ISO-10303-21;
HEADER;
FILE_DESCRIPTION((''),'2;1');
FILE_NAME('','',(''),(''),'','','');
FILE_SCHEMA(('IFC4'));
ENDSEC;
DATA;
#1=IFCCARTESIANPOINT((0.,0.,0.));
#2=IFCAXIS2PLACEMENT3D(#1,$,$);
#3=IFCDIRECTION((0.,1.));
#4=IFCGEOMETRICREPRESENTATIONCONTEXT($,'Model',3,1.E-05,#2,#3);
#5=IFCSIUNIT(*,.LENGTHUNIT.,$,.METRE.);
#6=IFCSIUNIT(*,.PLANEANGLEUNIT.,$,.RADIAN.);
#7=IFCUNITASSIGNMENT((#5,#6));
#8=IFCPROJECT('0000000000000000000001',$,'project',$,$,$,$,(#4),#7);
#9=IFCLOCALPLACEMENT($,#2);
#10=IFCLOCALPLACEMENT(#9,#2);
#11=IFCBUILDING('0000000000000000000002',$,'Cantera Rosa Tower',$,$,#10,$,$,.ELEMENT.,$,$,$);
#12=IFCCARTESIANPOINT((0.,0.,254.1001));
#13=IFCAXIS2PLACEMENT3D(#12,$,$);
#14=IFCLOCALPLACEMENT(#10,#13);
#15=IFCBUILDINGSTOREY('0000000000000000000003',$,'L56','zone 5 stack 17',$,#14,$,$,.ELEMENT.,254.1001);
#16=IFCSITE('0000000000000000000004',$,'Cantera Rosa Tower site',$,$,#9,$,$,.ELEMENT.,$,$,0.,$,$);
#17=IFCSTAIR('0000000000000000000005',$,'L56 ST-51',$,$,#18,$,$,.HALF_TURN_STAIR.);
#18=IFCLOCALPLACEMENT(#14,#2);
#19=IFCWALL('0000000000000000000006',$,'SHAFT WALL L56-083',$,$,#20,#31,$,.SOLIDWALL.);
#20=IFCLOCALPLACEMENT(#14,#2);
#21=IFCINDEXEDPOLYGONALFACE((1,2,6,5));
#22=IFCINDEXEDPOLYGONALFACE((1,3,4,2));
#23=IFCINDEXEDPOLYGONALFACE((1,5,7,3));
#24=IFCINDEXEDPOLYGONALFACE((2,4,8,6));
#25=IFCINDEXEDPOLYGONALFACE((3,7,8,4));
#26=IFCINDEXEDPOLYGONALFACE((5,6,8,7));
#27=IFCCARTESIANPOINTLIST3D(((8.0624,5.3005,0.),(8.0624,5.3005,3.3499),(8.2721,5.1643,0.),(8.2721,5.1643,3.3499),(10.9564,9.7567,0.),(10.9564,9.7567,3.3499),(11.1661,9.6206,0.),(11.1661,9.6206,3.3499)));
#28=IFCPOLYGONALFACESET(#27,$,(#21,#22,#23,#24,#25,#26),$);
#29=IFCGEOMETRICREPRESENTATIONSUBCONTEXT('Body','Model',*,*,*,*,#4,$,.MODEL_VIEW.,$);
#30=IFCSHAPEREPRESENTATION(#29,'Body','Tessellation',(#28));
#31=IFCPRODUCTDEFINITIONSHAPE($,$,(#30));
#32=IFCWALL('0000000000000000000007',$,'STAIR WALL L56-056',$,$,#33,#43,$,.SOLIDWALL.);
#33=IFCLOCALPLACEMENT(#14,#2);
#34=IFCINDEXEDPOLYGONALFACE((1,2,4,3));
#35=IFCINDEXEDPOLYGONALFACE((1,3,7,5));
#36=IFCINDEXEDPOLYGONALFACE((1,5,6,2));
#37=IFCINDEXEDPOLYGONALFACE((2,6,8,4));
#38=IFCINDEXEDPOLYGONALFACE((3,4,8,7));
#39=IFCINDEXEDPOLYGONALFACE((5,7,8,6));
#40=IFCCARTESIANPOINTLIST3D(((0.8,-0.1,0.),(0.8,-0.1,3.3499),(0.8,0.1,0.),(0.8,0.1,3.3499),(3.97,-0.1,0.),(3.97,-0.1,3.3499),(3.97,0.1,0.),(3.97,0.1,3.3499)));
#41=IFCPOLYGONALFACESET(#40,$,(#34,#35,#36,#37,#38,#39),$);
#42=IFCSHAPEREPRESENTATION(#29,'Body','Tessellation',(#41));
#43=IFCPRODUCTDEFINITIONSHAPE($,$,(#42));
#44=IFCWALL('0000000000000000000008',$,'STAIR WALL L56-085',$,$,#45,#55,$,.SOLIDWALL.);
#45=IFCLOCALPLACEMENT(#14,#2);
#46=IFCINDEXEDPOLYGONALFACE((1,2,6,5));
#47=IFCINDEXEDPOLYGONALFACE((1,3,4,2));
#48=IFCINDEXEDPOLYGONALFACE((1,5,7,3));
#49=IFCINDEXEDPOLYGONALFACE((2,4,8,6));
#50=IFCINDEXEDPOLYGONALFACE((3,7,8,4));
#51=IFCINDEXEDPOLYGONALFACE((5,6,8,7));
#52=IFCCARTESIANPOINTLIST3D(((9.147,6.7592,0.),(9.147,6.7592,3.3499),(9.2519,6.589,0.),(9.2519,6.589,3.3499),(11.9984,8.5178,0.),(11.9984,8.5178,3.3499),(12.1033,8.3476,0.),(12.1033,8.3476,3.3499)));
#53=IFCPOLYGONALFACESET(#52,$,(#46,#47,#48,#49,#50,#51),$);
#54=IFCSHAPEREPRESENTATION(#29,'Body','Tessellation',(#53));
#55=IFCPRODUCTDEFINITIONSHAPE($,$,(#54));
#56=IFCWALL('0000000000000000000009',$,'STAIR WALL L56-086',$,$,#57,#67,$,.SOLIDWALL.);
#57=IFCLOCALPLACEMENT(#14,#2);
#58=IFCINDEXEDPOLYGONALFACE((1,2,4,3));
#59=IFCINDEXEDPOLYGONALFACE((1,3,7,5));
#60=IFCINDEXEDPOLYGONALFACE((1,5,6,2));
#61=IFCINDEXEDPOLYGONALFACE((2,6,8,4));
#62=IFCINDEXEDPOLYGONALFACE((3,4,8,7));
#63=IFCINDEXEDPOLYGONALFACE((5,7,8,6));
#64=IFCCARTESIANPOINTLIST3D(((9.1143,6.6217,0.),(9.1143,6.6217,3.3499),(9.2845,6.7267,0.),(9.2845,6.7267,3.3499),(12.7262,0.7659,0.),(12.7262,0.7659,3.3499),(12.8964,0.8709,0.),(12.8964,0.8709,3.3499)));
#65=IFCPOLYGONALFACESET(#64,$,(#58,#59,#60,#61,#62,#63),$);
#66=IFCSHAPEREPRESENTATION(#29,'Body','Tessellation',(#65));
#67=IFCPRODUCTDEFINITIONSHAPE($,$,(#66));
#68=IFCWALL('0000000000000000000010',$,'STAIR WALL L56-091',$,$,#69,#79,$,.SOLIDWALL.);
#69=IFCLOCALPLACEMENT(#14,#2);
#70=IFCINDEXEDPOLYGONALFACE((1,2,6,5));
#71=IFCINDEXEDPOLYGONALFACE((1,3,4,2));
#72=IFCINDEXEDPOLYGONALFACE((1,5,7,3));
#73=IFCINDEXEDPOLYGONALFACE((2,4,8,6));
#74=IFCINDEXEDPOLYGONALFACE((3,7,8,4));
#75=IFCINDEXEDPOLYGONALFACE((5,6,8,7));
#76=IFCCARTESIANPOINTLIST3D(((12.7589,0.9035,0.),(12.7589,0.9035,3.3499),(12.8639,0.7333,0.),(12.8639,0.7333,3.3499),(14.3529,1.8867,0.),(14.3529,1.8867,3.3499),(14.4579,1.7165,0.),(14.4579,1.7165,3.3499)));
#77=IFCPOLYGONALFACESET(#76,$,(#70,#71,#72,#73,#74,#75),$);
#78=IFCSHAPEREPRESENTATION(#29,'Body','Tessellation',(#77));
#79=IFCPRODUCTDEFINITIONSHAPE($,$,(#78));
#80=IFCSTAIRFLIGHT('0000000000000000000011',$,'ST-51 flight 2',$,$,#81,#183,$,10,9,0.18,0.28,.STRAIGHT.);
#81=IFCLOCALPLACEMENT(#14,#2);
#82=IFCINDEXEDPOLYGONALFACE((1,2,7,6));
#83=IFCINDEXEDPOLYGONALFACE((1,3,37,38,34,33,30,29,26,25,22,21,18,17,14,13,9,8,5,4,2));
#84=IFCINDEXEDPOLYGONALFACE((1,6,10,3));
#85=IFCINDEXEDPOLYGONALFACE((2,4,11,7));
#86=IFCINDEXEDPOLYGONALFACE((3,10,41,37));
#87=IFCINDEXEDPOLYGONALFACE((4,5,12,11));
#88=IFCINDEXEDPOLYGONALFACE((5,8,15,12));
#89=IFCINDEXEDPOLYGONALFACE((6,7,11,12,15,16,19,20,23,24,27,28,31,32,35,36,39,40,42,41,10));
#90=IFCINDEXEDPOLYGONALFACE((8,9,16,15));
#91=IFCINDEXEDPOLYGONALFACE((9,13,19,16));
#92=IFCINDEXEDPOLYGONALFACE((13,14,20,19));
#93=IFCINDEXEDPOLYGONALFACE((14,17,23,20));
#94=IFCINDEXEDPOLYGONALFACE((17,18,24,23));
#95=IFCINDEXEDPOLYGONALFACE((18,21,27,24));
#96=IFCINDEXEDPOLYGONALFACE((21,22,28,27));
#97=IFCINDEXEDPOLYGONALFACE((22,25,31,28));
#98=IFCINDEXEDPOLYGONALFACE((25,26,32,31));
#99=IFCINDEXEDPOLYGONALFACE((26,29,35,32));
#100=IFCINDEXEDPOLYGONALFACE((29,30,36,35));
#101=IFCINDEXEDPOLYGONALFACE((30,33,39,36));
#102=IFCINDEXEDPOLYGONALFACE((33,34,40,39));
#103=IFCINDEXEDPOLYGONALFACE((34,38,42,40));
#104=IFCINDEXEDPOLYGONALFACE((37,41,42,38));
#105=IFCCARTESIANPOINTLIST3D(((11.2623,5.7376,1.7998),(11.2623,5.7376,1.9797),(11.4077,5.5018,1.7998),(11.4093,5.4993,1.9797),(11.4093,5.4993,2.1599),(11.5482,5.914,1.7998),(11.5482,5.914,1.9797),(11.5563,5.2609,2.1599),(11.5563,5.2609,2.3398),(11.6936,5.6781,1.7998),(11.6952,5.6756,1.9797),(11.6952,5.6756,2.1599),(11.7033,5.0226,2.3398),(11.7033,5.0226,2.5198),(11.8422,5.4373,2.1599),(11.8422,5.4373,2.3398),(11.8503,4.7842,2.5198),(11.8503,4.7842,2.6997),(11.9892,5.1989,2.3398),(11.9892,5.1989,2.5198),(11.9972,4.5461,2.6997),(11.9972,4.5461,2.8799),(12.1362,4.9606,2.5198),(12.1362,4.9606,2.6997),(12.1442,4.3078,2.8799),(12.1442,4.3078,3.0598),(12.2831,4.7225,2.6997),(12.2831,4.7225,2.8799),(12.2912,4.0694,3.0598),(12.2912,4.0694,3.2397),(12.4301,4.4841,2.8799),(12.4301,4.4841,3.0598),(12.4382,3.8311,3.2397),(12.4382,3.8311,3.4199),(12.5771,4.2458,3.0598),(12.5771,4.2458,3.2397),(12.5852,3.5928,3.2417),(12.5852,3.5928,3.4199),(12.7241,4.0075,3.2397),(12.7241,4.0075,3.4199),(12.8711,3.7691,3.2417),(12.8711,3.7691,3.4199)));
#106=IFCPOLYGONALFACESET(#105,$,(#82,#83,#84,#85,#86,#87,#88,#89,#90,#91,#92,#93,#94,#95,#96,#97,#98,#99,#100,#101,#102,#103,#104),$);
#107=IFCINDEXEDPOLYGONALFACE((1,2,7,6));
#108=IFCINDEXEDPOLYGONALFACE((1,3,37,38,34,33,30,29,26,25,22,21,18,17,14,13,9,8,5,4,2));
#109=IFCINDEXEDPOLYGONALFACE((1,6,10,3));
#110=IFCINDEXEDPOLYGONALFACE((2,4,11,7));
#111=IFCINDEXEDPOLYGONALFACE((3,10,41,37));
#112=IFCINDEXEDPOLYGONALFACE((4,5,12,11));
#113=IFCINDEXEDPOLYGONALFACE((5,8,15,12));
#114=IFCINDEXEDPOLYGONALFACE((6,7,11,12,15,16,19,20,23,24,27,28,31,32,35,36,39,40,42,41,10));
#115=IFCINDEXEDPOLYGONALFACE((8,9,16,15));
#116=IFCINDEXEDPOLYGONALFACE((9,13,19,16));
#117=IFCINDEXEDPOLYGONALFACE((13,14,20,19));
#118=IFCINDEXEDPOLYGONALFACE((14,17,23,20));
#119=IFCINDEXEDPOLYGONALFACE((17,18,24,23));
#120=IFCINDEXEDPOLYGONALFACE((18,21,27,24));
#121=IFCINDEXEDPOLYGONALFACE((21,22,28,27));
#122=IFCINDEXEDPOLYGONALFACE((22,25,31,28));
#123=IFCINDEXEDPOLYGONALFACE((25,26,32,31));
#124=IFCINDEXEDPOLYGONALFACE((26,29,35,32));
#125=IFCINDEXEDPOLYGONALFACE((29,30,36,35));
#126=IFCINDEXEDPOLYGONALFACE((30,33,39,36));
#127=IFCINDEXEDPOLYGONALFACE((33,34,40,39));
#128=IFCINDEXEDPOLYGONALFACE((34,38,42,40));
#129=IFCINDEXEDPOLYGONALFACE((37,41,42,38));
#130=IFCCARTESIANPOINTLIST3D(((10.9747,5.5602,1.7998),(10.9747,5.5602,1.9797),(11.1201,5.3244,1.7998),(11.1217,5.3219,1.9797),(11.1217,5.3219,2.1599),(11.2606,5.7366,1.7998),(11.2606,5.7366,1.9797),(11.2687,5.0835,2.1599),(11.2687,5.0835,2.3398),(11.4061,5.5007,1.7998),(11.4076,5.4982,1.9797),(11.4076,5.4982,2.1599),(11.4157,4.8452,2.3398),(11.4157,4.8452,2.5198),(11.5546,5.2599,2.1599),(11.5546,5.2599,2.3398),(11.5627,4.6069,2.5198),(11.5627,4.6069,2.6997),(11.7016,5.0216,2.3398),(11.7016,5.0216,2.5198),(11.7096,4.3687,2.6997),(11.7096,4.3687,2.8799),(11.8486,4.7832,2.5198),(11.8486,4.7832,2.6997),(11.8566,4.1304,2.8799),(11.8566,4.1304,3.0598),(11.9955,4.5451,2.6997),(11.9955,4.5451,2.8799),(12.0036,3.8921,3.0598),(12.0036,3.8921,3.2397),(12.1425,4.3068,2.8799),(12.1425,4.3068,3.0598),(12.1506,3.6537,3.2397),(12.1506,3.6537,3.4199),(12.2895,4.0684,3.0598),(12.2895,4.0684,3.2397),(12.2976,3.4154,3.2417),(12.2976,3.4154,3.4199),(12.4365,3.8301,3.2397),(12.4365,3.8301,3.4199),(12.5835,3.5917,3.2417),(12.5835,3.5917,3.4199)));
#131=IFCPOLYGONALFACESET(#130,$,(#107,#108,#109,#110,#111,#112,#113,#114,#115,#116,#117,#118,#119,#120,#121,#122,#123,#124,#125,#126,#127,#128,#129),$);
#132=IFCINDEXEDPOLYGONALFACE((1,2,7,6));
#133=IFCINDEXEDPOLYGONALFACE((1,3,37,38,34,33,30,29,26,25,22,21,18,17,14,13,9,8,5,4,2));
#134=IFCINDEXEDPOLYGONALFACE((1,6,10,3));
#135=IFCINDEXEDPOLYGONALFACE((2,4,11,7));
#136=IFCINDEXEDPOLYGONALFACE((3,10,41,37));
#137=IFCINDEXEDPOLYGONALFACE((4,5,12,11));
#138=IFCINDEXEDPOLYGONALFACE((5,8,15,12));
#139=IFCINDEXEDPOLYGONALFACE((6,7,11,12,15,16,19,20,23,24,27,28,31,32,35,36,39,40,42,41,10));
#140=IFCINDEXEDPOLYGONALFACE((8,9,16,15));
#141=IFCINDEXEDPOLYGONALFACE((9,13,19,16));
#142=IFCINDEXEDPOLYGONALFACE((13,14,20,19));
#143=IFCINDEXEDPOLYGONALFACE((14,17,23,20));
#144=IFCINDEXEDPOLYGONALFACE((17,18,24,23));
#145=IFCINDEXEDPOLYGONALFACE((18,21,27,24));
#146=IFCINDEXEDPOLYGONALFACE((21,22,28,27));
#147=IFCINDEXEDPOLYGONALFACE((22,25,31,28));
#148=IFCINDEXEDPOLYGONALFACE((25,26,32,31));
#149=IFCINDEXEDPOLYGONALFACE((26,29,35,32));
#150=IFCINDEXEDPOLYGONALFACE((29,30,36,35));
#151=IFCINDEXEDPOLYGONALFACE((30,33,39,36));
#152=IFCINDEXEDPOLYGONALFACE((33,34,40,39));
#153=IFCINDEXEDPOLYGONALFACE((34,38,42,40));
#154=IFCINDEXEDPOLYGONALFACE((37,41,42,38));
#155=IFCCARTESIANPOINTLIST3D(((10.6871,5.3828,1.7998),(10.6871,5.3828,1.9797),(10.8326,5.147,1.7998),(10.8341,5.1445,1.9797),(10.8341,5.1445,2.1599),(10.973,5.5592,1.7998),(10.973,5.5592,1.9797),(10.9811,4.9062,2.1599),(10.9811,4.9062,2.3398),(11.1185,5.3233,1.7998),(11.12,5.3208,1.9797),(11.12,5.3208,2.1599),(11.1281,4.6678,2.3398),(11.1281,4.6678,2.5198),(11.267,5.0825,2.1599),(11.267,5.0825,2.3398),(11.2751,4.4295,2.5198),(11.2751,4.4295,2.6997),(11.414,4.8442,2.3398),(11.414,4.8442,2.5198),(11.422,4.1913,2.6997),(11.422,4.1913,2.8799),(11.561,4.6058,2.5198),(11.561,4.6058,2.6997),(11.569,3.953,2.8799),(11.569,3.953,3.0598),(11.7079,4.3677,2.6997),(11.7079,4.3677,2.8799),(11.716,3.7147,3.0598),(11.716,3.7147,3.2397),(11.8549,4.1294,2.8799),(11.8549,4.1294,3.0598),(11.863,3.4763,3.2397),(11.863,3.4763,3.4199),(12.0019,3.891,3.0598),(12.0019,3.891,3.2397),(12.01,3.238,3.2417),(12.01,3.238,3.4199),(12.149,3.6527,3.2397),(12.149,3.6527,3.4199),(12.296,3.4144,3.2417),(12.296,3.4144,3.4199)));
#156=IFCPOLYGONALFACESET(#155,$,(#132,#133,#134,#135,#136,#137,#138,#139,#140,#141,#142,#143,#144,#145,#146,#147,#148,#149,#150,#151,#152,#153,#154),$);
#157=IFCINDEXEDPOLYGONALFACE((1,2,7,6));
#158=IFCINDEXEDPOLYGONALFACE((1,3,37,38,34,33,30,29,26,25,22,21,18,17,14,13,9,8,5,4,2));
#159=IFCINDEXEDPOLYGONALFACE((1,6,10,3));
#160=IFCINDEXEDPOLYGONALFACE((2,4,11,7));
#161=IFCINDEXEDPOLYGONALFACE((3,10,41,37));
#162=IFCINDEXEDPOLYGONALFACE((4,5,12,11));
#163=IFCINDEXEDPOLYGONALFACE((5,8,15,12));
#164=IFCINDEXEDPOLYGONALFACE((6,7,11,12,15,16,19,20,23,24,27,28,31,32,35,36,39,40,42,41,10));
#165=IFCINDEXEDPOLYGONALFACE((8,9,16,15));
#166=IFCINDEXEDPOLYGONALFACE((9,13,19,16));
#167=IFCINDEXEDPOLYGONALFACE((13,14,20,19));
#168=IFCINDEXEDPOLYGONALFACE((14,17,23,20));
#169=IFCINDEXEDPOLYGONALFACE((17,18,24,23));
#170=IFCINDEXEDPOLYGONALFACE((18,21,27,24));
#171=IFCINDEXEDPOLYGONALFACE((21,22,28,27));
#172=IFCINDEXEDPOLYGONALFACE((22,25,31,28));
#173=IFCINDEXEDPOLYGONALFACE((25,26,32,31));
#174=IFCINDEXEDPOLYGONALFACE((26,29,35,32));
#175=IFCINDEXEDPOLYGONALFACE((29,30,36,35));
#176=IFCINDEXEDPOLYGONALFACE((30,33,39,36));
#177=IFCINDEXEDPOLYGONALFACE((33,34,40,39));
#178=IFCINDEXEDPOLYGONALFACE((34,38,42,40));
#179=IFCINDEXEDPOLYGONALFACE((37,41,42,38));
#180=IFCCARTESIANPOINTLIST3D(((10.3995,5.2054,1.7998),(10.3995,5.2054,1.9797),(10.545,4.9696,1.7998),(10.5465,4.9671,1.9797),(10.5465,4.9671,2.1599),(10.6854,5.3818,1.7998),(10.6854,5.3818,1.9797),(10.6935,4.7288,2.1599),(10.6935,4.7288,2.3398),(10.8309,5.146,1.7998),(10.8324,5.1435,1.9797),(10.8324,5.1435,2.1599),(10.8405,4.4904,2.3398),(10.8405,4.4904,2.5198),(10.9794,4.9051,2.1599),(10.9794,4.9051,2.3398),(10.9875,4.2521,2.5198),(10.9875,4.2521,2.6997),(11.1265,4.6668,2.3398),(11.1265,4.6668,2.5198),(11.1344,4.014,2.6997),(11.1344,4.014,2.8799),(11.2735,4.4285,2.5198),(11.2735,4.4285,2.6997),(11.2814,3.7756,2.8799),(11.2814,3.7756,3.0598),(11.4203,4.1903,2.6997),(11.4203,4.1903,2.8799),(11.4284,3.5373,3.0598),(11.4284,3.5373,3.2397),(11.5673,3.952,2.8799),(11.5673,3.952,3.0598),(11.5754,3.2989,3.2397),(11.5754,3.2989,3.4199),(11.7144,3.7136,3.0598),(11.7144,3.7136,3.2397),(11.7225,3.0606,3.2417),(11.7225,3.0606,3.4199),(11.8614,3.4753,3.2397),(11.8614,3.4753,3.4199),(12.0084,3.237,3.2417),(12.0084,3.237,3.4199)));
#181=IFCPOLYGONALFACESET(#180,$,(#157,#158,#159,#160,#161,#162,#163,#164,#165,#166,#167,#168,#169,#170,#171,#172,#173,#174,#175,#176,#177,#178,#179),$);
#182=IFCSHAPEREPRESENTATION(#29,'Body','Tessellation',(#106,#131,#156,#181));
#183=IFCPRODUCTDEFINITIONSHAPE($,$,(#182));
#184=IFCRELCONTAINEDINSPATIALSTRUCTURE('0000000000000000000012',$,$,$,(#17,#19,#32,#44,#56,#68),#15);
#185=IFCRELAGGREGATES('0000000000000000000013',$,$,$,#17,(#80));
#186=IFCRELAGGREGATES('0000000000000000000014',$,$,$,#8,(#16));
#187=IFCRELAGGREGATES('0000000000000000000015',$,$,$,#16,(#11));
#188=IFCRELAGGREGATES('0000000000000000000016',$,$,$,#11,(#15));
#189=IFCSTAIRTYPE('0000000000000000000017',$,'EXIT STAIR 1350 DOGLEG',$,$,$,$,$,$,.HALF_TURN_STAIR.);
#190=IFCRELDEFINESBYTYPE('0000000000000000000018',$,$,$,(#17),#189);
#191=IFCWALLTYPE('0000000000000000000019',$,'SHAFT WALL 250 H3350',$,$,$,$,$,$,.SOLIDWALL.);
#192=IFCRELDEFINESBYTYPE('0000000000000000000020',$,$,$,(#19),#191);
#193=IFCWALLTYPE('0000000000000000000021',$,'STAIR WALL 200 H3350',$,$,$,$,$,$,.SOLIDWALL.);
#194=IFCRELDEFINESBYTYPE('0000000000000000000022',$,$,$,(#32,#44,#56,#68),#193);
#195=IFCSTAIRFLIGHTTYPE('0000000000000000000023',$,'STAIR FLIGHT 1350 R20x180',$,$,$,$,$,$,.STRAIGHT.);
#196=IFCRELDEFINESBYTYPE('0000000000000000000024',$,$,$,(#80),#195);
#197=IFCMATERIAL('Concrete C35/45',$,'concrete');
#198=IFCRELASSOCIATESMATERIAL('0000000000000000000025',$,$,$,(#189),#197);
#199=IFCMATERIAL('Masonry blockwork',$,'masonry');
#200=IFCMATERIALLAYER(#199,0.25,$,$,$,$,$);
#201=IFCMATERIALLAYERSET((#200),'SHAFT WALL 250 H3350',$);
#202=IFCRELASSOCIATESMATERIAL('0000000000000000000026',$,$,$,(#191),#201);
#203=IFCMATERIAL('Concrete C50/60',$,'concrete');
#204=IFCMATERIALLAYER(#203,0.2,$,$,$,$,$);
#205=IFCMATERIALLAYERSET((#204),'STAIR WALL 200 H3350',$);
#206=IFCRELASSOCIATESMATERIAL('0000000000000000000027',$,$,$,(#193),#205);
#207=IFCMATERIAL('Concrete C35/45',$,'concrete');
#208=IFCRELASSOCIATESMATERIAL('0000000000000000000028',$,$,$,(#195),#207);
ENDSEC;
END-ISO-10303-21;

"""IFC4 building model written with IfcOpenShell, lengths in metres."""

from ifc_helpers import new_model, si_unit, direction, frame, frame_2d, origin, place, context, subcontext, project, spatial, polyline, rectangle, outline, extrude, material, layer, layer_set, type_object, element, aggregate, save


model = new_model("IFC4")

# Units and contexts
model_context = context("Model", 3, precision=1e-05, world=origin(), true_north=direction((0.0, 1.0)))
body_context = subcontext(model_context, "Body", "Model", "MODEL_VIEW")
ifc_project = project(units=[si_unit("LENGTHUNIT", "METRE"), si_unit("PLANEANGLEUNIT", "RADIAN")], contexts=[model_context])

# Site, building, storey
site_placement = place(None, origin())
site = spatial("IfcSite", under=ifc_project, at=site_placement, Name="Cantera Rosa Tower site", CompositionType="ELEMENT", RefElevation=0.0)
building_placement = place(site_placement, origin())
building = spatial("IfcBuilding", under=site, at=building_placement, Name="Cantera Rosa Tower", CompositionType="ELEMENT")
storey_placement = place(building_placement, frame((0.0, 0.0, 254.1001)))
storey = spatial("IfcBuildingStorey", under=building, at=storey_placement, Name="L56", Description="zone 5 stack 17", CompositionType="ELEMENT", Elevation=254.1001)

# Stair
ifc_material_1 = material(Name="Concrete C35/45", Category="concrete")
stair_type_1 = type_object("IfcStairType", Name="EXIT STAIR 1350 DOGLEG", PredefinedType="HALF_TURN_STAIR", material=ifc_material_1)
stair_1_placement = place(storey_placement, origin())
stair_1 = element("IfcStair", 1, at=stair_1_placement, inside=storey, type_object=stair_type_1, Name="L56 ST-51", PredefinedType="HALF_TURN_STAIR")

# Walls
ifc_material_2 = material(Name="Masonry blockwork", Category="masonry")
ifc_layer_1 = layer(ifc_material_2, 0.25)
ifc_layer_set_1 = layer_set([ifc_layer_1], Name="SHAFT WALL 250 H3350")
wall_type_1 = type_object("IfcWallType", Name="SHAFT WALL 250 H3350", PredefinedType="SOLIDWALL", material=ifc_layer_set_1)
wall_1_placement = place(storey_placement, frame((8.1672, 5.2324, 0.0), z_axis=(0.0, 0.0, 1.0), x_axis=(0.544651, 0.838663, 0.0)))
element("IfcWall", 2, at=wall_1_placement, inside=storey, type_object=wall_type_1, Name="SHAFT WALL L56-083", PredefinedType="SOLIDWALL", context=body_context, shape_type="SweptSolid", body=[
    extrude(rectangle(XDim=5.3135, YDim=0.25, at=frame_2d((2.6567, 0.0))), origin(), (0.0, 0.0, 1.0), 3.3499),
])
ifc_material_3 = material(Name="Concrete C50/60", Category="concrete")
ifc_layer_2 = layer(ifc_material_3, 0.2)
ifc_layer_set_2 = layer_set([ifc_layer_2], Name="STAIR WALL 200 H3350")
wall_type_2 = type_object("IfcWallType", Name="STAIR WALL 200 H3350", PredefinedType="SOLIDWALL", material=ifc_layer_set_2)
wall_2_placement = place(storey_placement, frame((0.8, 0.0, 0.0), z_axis=(0.0, 0.0, 1.0), x_axis=(1.0, 0.0, 0.0)))
element("IfcWall", 3, at=wall_2_placement, inside=storey, type_object=wall_type_2, Name="STAIR WALL L56-056", PredefinedType="SOLIDWALL", context=body_context, shape_type="SweptSolid", body=[
    extrude(rectangle(XDim=3.1699, YDim=0.2, at=frame_2d((1.585, 0.0))), origin(), (0.0, 0.0, 1.0), 3.3499),
])
wall_3_placement = place(storey_placement, frame((9.1995, 6.6741, 0.0), z_axis=(0.0, 0.0, 1.0), x_axis=(0.85114, 0.524939, 0.0)))
element("IfcWall", 4, at=wall_3_placement, inside=storey, type_object=wall_type_2, Name="STAIR WALL L56-085", PredefinedType="SOLIDWALL", context=body_context, shape_type="SweptSolid", body=[
    extrude(rectangle(XDim=3.3501, YDim=0.2, at=frame_2d((1.675, 0.0))), origin(), (0.0, 0.0, 1.0), 3.3499),
])
wall_4_placement = place(storey_placement, frame((9.1995, 6.6741, 0.0), z_axis=(0.0, 0.0, 1.0), x_axis=(0.524972, -0.851119, 0.0)))
element("IfcWall", 5, at=wall_4_placement, inside=storey, type_object=wall_type_2, Name="STAIR WALL L56-086", PredefinedType="SOLIDWALL", context=body_context, shape_type="SweptSolid", body=[
    extrude(rectangle(XDim=6.8801, YDim=0.2, at=frame_2d((3.4399, 0.0))), origin(), (0.0, 0.0, 1.0), 3.3499),
])
wall_5_placement = place(storey_placement, frame((12.8113, 0.8184, 0.0), z_axis=(0.0, 0.0, 1.0), x_axis=(0.851125, 0.524963, 0.0)))
element("IfcWall", 6, at=wall_5_placement, inside=storey, type_object=wall_type_2, Name="STAIR WALL L56-091", PredefinedType="SOLIDWALL", context=body_context, shape_type="SweptSolid", body=[
    extrude(rectangle(XDim=1.8728, YDim=0.2, at=frame_2d((0.9365, 0.0))), origin(), (0.0, 0.0, 1.0), 3.3499),
])

# Stair flight
ifc_material_4 = material(Name="Concrete C35/45", Category="concrete")
stair_flight_type = type_object("IfcStairFlightType", Name="STAIR FLIGHT 1350 R20x180", PredefinedType="STRAIGHT", material=ifc_material_4)
stair_flight_placement = place(storey_placement, frame((10.9736, 5.5596, 1.7998), z_axis=(0.0, 0.0, 1.0), x_axis=(0.524977, -0.851117, 0.0)))
stair_flight = element("IfcStairFlight", 7, at=stair_flight_placement, type_object=stair_flight_type, Name="ST-51 flight 2", NumberOfRisers=10, NumberOfTreads=9, PredefinedType="STRAIGHT", RiserHeight=0.18, TreadLength=0.28, context=body_context, shape_type="SweptSolid", body=[
    extrude(outline(polyline([(0.0, 0.0), (0.0, 0.1799), (0.28, 0.1799), (0.28, 0.3601), (0.5601, 0.3601), (0.5601, 0.54), (0.8401, 0.54), (0.8401, 0.72), (1.1201, 0.72), (1.1201, 0.8999), (1.3999, 0.8999), (1.3999, 1.0801), (1.6799, 1.0801), (1.6799, 1.26), (1.96, 1.26), (1.96, 1.4399), (2.24, 1.4399), (2.24, 1.6201), (2.52, 1.6201), (2.52, 1.8), (2.52, 1.4419), (0.2771, 0.0), (0.0, 0.0)])), frame((0.0, 0.675, 0.0), z_axis=(0.0, -1.0, 0.0), x_axis=(1.0, 0.0, 0.0)), (0.0, 0.0, 1.0), 0.3359),
    extrude(outline(polyline([(0.0, 0.0), (0.0, 0.1799), (0.28, 0.1799), (0.28, 0.3601), (0.5601, 0.3601), (0.5601, 0.54), (0.8401, 0.54), (0.8401, 0.72), (1.1201, 0.72), (1.1201, 0.8999), (1.3999, 0.8999), (1.3999, 1.0801), (1.6799, 1.0801), (1.6799, 1.26), (1.96, 1.26), (1.96, 1.4399), (2.24, 1.4399), (2.24, 1.6201), (2.52, 1.6201), (2.52, 1.8), (2.52, 1.4419), (0.2771, 0.0), (0.0, 0.0)])), frame((0.0, 0.3372, 0.0), z_axis=(0.0, -1.0, 0.0), x_axis=(1.0, 0.0, 0.0)), (0.0, 0.0, 1.0), 0.3359),
    extrude(outline(polyline([(0.0, 0.0), (0.0, 0.1799), (0.28, 0.1799), (0.28, 0.3601), (0.5601, 0.3601), (0.5601, 0.54), (0.8401, 0.54), (0.8401, 0.72), (1.1201, 0.72), (1.1201, 0.8999), (1.3999, 0.8999), (1.3999, 1.0801), (1.6799, 1.0801), (1.6799, 1.26), (1.96, 1.26), (1.96, 1.4399), (2.24, 1.4399), (2.24, 1.6201), (2.52, 1.6201), (2.52, 1.8), (2.52, 1.4419), (0.2771, 0.0), (0.0, 0.0)])), frame((0.0, -0.0007, 0.0), z_axis=(0.0, -1.0, 0.0), x_axis=(1.0, 0.0, 0.0)), (0.0, 0.0, 1.0), 0.3359),
    extrude(outline(polyline([(0.0, 0.0), (0.0, 0.1799), (0.28, 0.1799), (0.28, 0.3601), (0.5601, 0.3601), (0.5601, 0.54), (0.8401, 0.54), (0.8401, 0.72), (1.1201, 0.72), (1.1201, 0.8999), (1.3999, 0.8999), (1.3999, 1.0801), (1.6799, 1.0801), (1.6799, 1.26), (1.96, 1.26), (1.96, 1.4399), (2.24, 1.4399), (2.24, 1.6201), (2.52, 1.6201), (2.52, 1.8), (2.52, 1.4419), (0.2771, 0.0), (0.0, 0.0)])), frame((0.0, -0.3386, 0.0), z_axis=(0.0, -1.0, 0.0), x_axis=(1.0, 0.0, 0.0)), (0.0, 0.0, 1.0), 0.3359),
])
aggregate(stair_1, [stair_flight])

save(model, "model.ifc")
